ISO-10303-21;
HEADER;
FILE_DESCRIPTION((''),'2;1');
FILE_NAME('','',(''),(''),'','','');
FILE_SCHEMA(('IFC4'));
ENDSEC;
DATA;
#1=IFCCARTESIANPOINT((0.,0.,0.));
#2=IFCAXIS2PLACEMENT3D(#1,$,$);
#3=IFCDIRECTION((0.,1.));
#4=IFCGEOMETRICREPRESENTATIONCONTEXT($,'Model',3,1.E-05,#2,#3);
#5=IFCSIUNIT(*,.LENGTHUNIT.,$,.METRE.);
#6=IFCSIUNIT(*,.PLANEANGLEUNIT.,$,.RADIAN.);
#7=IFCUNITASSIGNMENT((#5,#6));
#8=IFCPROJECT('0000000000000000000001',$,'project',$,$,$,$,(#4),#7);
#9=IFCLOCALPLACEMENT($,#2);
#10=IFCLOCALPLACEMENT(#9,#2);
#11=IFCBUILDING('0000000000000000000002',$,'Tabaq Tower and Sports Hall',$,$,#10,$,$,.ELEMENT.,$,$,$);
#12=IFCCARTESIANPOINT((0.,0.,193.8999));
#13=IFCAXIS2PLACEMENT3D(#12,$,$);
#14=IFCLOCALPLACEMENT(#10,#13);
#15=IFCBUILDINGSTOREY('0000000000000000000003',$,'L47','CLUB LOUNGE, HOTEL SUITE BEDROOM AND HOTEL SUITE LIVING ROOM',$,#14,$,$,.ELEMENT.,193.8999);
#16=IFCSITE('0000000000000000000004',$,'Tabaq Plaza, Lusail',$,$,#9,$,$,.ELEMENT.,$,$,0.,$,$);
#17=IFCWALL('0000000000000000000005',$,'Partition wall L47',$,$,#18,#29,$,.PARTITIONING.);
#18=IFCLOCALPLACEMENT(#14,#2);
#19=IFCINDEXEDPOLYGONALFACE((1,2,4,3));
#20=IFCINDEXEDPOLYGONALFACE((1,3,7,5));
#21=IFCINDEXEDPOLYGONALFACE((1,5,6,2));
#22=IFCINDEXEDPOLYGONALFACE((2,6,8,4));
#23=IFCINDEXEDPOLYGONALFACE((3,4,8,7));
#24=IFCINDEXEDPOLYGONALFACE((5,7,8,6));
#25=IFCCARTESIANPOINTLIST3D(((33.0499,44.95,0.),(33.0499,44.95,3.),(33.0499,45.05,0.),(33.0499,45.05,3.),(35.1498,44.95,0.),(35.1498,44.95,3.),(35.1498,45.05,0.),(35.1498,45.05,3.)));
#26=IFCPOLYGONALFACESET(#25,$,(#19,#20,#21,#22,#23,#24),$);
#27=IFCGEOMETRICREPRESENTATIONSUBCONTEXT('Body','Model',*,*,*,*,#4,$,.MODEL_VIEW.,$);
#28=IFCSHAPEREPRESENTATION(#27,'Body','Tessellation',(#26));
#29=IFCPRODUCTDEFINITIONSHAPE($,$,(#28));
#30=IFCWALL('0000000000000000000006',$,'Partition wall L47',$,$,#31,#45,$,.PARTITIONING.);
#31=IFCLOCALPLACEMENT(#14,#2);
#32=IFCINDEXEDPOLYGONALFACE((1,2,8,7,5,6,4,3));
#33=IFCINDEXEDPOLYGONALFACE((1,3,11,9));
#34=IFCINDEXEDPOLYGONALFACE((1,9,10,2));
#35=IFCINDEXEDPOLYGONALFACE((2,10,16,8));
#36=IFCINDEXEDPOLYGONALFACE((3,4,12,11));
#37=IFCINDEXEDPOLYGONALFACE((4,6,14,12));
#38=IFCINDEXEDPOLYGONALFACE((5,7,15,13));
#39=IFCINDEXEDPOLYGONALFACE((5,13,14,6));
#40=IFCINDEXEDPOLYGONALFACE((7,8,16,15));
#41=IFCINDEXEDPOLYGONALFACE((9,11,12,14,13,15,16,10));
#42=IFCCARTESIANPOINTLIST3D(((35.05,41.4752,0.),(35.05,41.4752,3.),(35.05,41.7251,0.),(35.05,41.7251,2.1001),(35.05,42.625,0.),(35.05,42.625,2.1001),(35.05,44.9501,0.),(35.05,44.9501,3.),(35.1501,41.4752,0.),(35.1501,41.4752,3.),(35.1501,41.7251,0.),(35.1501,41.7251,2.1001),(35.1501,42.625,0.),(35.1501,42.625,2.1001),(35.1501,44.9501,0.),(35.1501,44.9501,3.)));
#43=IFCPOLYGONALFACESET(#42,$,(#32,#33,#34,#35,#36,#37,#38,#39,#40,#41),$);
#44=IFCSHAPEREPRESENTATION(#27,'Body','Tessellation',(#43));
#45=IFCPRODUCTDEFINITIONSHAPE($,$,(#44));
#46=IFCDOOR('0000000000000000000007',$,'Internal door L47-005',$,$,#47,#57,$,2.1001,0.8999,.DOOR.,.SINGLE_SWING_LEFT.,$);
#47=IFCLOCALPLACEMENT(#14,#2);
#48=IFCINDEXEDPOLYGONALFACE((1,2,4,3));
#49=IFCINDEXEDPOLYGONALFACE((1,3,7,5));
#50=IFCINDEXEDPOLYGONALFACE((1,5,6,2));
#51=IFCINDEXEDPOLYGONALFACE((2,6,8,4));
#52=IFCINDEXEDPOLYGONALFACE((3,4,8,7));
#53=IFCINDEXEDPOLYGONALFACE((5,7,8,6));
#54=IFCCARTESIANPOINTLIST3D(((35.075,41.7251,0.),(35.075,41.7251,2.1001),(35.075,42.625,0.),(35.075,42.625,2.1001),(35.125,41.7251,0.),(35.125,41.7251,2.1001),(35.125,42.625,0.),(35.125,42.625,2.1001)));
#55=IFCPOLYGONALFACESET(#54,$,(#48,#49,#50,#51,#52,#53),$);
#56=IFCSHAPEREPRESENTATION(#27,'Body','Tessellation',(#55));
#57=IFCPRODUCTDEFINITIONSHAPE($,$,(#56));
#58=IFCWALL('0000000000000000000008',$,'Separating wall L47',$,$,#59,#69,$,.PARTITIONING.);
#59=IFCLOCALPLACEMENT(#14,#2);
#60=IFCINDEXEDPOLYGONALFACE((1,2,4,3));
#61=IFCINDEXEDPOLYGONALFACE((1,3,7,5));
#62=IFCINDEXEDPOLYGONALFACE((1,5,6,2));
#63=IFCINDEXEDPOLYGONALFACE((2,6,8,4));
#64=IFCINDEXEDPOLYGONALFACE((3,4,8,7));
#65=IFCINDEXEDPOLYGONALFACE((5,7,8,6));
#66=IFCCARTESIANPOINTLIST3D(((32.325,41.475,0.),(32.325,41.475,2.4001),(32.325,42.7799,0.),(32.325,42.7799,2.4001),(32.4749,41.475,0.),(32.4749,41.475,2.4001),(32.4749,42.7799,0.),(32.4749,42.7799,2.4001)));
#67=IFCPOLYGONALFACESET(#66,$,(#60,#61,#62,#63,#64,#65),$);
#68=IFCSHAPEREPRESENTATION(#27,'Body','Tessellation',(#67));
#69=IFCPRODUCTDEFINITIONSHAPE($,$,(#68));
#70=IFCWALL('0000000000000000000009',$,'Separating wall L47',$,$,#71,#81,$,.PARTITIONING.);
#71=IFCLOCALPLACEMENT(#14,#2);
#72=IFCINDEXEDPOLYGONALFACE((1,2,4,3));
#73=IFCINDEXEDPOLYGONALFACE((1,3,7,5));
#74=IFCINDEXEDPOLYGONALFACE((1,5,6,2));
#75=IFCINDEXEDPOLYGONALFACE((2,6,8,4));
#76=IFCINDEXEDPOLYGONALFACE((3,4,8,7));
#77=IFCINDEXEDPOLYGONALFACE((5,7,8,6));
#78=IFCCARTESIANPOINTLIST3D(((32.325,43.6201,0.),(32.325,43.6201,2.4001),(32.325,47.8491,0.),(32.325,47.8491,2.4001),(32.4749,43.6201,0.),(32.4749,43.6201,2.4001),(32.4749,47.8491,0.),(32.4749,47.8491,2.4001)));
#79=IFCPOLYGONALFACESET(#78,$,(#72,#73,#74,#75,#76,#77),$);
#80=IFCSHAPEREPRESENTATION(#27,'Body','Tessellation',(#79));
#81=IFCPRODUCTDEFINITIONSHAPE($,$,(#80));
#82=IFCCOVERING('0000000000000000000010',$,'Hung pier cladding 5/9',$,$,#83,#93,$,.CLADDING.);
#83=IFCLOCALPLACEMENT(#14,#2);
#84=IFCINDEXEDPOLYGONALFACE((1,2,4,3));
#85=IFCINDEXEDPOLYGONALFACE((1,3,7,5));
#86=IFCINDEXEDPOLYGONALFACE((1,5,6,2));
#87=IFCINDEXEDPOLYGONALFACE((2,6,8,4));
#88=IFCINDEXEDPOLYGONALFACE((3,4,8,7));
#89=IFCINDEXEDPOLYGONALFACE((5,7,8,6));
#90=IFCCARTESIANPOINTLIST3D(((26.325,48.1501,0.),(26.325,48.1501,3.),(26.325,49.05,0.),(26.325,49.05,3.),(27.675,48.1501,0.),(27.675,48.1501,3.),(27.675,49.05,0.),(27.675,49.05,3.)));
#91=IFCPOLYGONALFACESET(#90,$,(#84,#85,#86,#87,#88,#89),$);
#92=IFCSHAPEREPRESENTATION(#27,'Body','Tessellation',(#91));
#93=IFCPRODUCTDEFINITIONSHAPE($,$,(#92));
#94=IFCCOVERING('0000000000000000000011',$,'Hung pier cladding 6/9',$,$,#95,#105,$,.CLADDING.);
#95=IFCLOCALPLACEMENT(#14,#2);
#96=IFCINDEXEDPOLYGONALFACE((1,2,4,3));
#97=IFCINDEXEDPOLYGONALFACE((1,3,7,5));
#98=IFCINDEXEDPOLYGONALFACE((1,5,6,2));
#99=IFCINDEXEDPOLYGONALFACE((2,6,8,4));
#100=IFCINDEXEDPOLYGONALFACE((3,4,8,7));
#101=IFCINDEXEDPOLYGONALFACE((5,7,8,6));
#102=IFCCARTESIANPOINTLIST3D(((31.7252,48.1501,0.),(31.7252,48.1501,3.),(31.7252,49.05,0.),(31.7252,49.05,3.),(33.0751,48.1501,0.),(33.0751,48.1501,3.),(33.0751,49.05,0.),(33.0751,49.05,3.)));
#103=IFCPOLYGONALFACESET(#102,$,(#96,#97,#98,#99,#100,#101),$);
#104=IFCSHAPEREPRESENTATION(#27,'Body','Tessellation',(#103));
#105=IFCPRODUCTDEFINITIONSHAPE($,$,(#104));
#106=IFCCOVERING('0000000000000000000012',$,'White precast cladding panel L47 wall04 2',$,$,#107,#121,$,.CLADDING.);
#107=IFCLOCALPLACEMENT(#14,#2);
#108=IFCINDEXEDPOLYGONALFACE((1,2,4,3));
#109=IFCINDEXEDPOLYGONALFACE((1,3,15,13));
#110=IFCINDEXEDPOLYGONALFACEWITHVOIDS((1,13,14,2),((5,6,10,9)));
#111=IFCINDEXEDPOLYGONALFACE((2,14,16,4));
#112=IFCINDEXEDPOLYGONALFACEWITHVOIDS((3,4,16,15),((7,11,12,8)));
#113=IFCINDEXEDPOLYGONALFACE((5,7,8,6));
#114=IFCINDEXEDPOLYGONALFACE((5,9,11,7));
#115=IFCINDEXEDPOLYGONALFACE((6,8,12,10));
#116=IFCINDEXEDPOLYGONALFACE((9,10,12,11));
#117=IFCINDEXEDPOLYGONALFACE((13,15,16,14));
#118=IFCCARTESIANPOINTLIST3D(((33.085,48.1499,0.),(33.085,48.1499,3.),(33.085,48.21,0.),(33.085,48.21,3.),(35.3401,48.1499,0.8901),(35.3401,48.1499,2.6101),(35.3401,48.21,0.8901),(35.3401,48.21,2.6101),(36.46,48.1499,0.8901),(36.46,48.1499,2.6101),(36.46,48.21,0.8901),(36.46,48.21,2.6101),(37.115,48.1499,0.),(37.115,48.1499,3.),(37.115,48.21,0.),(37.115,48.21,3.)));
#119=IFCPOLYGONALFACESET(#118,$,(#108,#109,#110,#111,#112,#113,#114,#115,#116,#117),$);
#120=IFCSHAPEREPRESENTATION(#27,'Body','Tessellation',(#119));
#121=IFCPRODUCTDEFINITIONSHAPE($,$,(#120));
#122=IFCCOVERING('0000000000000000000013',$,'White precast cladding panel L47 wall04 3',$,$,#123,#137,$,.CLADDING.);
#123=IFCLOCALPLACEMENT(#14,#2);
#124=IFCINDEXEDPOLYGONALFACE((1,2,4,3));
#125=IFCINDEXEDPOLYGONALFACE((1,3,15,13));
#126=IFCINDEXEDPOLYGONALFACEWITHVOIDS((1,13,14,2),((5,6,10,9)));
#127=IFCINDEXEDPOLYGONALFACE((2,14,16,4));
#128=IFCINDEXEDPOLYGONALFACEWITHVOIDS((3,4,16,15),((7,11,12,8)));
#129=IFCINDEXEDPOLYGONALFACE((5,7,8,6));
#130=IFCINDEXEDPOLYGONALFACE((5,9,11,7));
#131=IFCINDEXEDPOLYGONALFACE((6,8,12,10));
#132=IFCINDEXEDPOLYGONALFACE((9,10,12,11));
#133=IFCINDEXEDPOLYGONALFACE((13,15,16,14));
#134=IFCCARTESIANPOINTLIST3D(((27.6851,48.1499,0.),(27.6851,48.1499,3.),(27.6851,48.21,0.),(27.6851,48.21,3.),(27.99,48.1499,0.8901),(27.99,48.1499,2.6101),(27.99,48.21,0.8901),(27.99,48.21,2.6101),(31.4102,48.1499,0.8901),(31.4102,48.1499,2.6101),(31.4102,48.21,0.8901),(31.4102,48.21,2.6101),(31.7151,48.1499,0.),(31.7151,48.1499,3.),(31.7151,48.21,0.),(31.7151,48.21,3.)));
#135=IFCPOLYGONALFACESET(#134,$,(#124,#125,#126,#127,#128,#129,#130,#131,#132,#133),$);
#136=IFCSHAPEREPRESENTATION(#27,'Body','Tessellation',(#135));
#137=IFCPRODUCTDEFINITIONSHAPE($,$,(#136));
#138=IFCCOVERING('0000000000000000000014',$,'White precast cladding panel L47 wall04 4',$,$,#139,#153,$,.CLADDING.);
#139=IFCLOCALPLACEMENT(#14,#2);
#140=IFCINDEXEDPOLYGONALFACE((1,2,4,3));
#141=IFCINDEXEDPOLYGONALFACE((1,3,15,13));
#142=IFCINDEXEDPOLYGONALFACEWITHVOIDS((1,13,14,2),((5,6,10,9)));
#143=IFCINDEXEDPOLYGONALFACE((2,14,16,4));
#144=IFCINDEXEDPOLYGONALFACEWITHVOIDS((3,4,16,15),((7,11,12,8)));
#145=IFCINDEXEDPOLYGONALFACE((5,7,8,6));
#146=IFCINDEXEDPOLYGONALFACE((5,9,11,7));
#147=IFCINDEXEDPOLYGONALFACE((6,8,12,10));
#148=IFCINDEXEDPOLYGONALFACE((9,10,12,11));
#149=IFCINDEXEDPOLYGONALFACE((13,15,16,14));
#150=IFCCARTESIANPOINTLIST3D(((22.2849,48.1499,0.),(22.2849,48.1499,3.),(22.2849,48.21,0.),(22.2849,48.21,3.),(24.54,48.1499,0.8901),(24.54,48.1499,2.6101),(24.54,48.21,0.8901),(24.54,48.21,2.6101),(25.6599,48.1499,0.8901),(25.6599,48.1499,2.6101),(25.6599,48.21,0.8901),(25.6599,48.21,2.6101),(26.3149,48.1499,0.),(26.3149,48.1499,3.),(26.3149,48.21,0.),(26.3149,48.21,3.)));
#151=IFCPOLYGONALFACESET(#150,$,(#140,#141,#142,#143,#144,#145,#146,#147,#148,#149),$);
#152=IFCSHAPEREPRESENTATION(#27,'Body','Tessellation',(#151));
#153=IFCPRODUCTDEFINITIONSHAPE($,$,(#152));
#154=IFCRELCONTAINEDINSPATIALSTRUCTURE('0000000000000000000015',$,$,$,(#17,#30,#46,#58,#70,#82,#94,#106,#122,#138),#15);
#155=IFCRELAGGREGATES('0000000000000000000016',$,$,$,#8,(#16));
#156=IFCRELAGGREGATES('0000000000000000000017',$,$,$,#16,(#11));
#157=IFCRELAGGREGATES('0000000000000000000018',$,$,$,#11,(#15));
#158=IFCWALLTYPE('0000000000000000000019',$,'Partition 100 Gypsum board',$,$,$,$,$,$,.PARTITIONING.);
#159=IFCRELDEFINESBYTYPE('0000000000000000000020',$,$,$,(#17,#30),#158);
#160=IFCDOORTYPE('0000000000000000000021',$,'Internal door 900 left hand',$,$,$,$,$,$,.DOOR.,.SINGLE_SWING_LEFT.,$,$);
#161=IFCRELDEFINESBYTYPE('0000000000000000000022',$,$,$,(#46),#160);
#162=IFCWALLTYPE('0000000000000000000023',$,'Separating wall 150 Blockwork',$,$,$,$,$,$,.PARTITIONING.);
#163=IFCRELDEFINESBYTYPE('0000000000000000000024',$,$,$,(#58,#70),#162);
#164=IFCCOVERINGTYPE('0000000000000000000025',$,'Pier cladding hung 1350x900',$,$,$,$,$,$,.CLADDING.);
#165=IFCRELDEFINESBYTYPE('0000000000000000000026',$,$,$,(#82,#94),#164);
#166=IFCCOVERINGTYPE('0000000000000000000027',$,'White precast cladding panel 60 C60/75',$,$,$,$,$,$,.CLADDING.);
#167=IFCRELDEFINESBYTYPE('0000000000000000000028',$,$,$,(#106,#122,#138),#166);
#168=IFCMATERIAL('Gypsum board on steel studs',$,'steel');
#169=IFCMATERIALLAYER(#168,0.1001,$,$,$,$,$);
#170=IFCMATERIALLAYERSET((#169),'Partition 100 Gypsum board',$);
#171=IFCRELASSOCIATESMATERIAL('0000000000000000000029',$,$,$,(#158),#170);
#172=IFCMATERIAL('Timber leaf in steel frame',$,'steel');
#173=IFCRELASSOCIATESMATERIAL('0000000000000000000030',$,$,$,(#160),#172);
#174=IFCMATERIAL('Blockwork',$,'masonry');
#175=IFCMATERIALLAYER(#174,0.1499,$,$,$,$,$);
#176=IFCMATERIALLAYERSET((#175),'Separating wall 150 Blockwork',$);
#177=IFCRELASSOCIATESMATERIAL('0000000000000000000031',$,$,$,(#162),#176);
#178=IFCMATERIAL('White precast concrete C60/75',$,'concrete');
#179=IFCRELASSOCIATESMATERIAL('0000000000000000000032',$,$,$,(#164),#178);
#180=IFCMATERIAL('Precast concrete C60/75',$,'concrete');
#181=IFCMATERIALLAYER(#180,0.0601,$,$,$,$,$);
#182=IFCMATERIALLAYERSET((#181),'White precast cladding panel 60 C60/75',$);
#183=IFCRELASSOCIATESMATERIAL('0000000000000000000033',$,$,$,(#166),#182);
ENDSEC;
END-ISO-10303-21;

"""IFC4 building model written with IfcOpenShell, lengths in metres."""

from ifc_helpers import new_model, si_unit, direction, frame, frame_2d, origin, place, context, subcontext, project, spatial, polyline, rectangle, outline, extrude, material, layer, layer_set, type_object, element, fill, save


model = new_model("IFC4")

# Units and contexts
model_context = context("Model", 3, precision=1e-05, world=origin(), true_north=direction((0.0, 1.0)))
body_context = subcontext(model_context, "Body", "Model", "MODEL_VIEW")
ifc_project = project(units=[si_unit("LENGTHUNIT", "METRE"), si_unit("PLANEANGLEUNIT", "RADIAN")], contexts=[model_context])

# Site, building, storey
site_placement = place(None, origin())
site = spatial("IfcSite", under=ifc_project, at=site_placement, Name="Tabaq Plaza, Lusail", CompositionType="ELEMENT", RefElevation=0.0)
building_placement = place(site_placement, origin())
building = spatial("IfcBuilding", under=site, at=building_placement, Name="Tabaq Tower and Sports Hall", CompositionType="ELEMENT")
storey_placement = place(building_placement, frame((0.0, 0.0, 193.8999)))
storey = spatial("IfcBuildingStorey", under=building, at=storey_placement, Name="L47", Description="CLUB LOUNGE, HOTEL SUITE BEDROOM AND HOTEL SUITE LIVING ROOM", CompositionType="ELEMENT", Elevation=193.8999)

# Shared definitions
ifc_material_1 = material(Name="Gypsum board on steel studs", Category="steel")
ifc_layer_1 = layer(ifc_material_1, 0.1001)
ifc_layer_set_1 = layer_set([ifc_layer_1], Name="Partition 100 Gypsum board")
wall_type_1 = type_object("IfcWallType", Name="Partition 100 Gypsum board", PredefinedType="PARTITIONING", material=ifc_layer_set_1)

# Shared definitions
ifc_material_2 = material(Name="Timber leaf in steel frame", Category="steel")
door_type_1 = type_object("IfcDoorType", Name="Internal door 900 left hand", OperationType="SINGLE_SWING_LEFT", PredefinedType="DOOR", material=ifc_material_2)

# Wall
wall_1_placement = place(storey_placement, frame((33.05, 45.0, 0.0), z_axis=(0.0, 0.0, 1.0), x_axis=(1.0, 0.0, 0.0)))
element("IfcWall", 1, at=wall_1_placement, inside=storey, type_object=wall_type_1, Name="Partition wall L47", PredefinedType="PARTITIONING", context=body_context, shape_type="SweptSolid", body=[
    extrude(rectangle(XDim=2.0999, YDim=0.1001, at=frame_2d((1.0498, 0.0))), origin(), (0.0, 0.0, 1.0), 3.0),
])

# Wall, opening, door
wall_2_placement = place(storey_placement, frame((35.1001, 44.95, 0.0), z_axis=(0.0, 0.0, 1.0), x_axis=(0.0, -1.0, 0.0)))
wall_2 = element("IfcWall", 2, at=wall_2_placement, inside=storey, type_object=wall_type_1, Name="Partition wall L47", PredefinedType="PARTITIONING", context=body_context, shape_type="SweptSolid", body=[
    extrude(rectangle(XDim=3.4749, YDim=0.1001, at=frame_2d((1.7373, 0.0))), origin(), (0.0, 0.0, 1.0), 3.0),
])
opening_1_placement = place(wall_2_placement, frame((2.325, 0.0, 0.0)))
opening_1 = element("IfcOpeningElement", 3, at=opening_1_placement, cuts=wall_2, PredefinedType="OPENING", context=body_context, shape_type="SweptSolid", body=[
    extrude(rectangle(XDim=0.8999, YDim=2.1001, at=frame_2d((0.45, 1.05))), frame((0.0, 0.05, 0.0), z_axis=(0.0, -1.0, 0.0), x_axis=(1.0, 0.0, 0.0)), (0.0, 0.0, 1.0), 0.1001),
])
door_1_placement = place(opening_1_placement, origin())
door_1 = element("IfcDoor", 4, at=door_1_placement, inside=storey, type_object=door_type_1, Name="Internal door L47-005", OperationType="SINGLE_SWING_LEFT", OverallHeight=2.1001, OverallWidth=0.8999, PredefinedType="DOOR", context=body_context, shape_type="SweptSolid", body=[
    extrude(rectangle(XDim=0.8999, YDim=2.1001, at=frame_2d((0.45, 1.05))), frame((0.0, 0.0249, 0.0), z_axis=(0.0, -1.0, 0.0), x_axis=(1.0, 0.0, 0.0)), (0.0, 0.0, 1.0), 0.05),
])
fill(opening_1, door_1)

# Walls
ifc_material_3 = material(Name="Blockwork", Category="masonry")
ifc_layer_2 = layer(ifc_material_3, 0.1499)
ifc_layer_set_2 = layer_set([ifc_layer_2], Name="Separating wall 150 Blockwork")
wall_type_2 = type_object("IfcWallType", Name="Separating wall 150 Blockwork", PredefinedType="PARTITIONING", material=ifc_layer_set_2)
wall_3_placement = place(storey_placement, frame((32.3999, 41.4751, 0.0), z_axis=(0.0, 0.0, 1.0), x_axis=(0.0, 1.0, 0.0)))
element("IfcWall", 5, at=wall_3_placement, inside=storey, type_object=wall_type_2, Name="Separating wall L47", PredefinedType="PARTITIONING", context=body_context, shape_type="SweptSolid", body=[
    extrude(rectangle(XDim=1.3049, YDim=0.1499, at=frame_2d((0.6523, 0.0))), origin(), (0.0, 0.0, 1.0), 2.4001),
])
wall_4_placement = place(storey_placement, frame((32.3999, 43.6201, 0.0), z_axis=(0.0, 0.0, 1.0), x_axis=(0.0, 1.0, 0.0)))
element("IfcWall", 6, at=wall_4_placement, inside=storey, type_object=wall_type_2, Name="Separating wall L47", PredefinedType="PARTITIONING", context=body_context, shape_type="SweptSolid", body=[
    extrude(rectangle(XDim=4.229, YDim=0.1499, at=frame_2d((2.1145, 0.0))), origin(), (0.0, 0.0, 1.0), 2.4001),
])

# Coverings
ifc_material_4 = material(Name="White precast concrete C60/75", Category="concrete")
covering_type_1 = type_object("IfcCoveringType", Name="Pier cladding hung 1350x900", PredefinedType="CLADDING", material=ifc_material_4)
covering_1_placement = place(storey_placement, frame((27.675, 48.6001, 0.0), z_axis=(0.0, 0.0, 1.0), x_axis=(-1.0, 0.0, 0.0)))
element("IfcCovering", 7, at=covering_1_placement, inside=storey, type_object=covering_type_1, Name="Hung pier cladding 5/9", PredefinedType="CLADDING", context=body_context, shape_type="SweptSolid", body=[
    extrude(rectangle(XDim=1.3501, YDim=0.8999, at=frame_2d((0.675, 0.0))), origin(), (0.0, 0.0, 1.0), 3.0),
])
covering_2_placement = place(storey_placement, frame((33.075, 48.6001, 0.0), z_axis=(0.0, 0.0, 1.0), x_axis=(-1.0, 0.0, 0.0)))
element("IfcCovering", 8, at=covering_2_placement, inside=storey, type_object=covering_type_1, Name="Hung pier cladding 6/9", PredefinedType="CLADDING", context=body_context, shape_type="SweptSolid", body=[
    extrude(rectangle(XDim=1.3499, YDim=0.8999, at=frame_2d((0.6748, 0.0))), origin(), (0.0, 0.0, 1.0), 3.0),
])
ifc_material_5 = material(Name="Precast concrete C60/75", Category="concrete")
ifc_layer_3 = layer(ifc_material_5, 0.0601)
ifc_layer_set_3 = layer_set([ifc_layer_3], Name="White precast cladding panel 60 C60/75")
covering_type_2 = type_object("IfcCoveringType", Name="White precast cladding panel 60 C60/75", PredefinedType="CLADDING", material=ifc_layer_set_3)
covering_3_placement = place(storey_placement, frame((37.115, 48.1799, 0.0), z_axis=(0.0, 0.0, 1.0), x_axis=(-1.0, 0.0, 0.0)))
element("IfcCovering", 9, at=covering_3_placement, inside=storey, type_object=covering_type_2, Name="White precast cladding panel L47 wall04 2", PredefinedType="CLADDING", context=body_context, shape_type="SweptSolid", body=[
    extrude(outline(polyline([(0.0, 0.0), (4.03, 0.0), (4.03, 3.0), (0.0, 3.0), (0.0, 0.0)]), holes=[polyline([(0.655, 0.8901), (0.655, 2.6101), (1.7749, 2.6101), (1.7749, 0.8901), (0.655, 0.8901)])]), frame((0.0, 0.03, 0.0), z_axis=(0.0, -1.0, 0.0), x_axis=(1.0, 0.0, 0.0)), (0.0, 0.0, 1.0), 0.0601),
])
covering_4_placement = place(storey_placement, frame((31.7151, 48.1799, 0.0), z_axis=(0.0, 0.0, 1.0), x_axis=(-1.0, 0.0, 0.0)))
element("IfcCovering", 10, at=covering_4_placement, inside=storey, type_object=covering_type_2, Name="White precast cladding panel L47 wall04 3", PredefinedType="CLADDING", context=body_context, shape_type="SweptSolid", body=[
    extrude(outline(polyline([(0.0, 0.0), (4.03, 0.0), (4.03, 3.0), (0.0, 3.0), (0.0, 0.0)]), holes=[polyline([(0.3049, 0.8901), (0.3049, 2.6101), (3.7251, 2.6101), (3.7251, 0.8901), (0.3049, 0.8901)])]), frame((0.0, 0.03, 0.0), z_axis=(0.0, -1.0, 0.0), x_axis=(1.0, 0.0, 0.0)), (0.0, 0.0, 1.0), 0.0601),
])
covering_5_placement = place(storey_placement, frame((26.3149, 48.1799, 0.0), z_axis=(0.0, 0.0, 1.0), x_axis=(-1.0, 0.0, 0.0)))
element("IfcCovering", 11, at=covering_5_placement, inside=storey, type_object=covering_type_2, Name="White precast cladding panel L47 wall04 4", PredefinedType="CLADDING", context=body_context, shape_type="SweptSolid", body=[
    extrude(outline(polyline([(0.0, 0.0), (4.03, 0.0), (4.03, 3.0), (0.0, 3.0), (0.0, 0.0)]), holes=[polyline([(0.655, 0.8901), (0.655, 2.6101), (1.7749, 2.6101), (1.7749, 0.8901), (0.655, 0.8901)])]), frame((0.0, 0.03, 0.0), z_axis=(0.0, -1.0, 0.0), x_axis=(1.0, 0.0, 0.0)), (0.0, 0.0, 1.0), 0.0601),
])

save(model, "model.ifc")
